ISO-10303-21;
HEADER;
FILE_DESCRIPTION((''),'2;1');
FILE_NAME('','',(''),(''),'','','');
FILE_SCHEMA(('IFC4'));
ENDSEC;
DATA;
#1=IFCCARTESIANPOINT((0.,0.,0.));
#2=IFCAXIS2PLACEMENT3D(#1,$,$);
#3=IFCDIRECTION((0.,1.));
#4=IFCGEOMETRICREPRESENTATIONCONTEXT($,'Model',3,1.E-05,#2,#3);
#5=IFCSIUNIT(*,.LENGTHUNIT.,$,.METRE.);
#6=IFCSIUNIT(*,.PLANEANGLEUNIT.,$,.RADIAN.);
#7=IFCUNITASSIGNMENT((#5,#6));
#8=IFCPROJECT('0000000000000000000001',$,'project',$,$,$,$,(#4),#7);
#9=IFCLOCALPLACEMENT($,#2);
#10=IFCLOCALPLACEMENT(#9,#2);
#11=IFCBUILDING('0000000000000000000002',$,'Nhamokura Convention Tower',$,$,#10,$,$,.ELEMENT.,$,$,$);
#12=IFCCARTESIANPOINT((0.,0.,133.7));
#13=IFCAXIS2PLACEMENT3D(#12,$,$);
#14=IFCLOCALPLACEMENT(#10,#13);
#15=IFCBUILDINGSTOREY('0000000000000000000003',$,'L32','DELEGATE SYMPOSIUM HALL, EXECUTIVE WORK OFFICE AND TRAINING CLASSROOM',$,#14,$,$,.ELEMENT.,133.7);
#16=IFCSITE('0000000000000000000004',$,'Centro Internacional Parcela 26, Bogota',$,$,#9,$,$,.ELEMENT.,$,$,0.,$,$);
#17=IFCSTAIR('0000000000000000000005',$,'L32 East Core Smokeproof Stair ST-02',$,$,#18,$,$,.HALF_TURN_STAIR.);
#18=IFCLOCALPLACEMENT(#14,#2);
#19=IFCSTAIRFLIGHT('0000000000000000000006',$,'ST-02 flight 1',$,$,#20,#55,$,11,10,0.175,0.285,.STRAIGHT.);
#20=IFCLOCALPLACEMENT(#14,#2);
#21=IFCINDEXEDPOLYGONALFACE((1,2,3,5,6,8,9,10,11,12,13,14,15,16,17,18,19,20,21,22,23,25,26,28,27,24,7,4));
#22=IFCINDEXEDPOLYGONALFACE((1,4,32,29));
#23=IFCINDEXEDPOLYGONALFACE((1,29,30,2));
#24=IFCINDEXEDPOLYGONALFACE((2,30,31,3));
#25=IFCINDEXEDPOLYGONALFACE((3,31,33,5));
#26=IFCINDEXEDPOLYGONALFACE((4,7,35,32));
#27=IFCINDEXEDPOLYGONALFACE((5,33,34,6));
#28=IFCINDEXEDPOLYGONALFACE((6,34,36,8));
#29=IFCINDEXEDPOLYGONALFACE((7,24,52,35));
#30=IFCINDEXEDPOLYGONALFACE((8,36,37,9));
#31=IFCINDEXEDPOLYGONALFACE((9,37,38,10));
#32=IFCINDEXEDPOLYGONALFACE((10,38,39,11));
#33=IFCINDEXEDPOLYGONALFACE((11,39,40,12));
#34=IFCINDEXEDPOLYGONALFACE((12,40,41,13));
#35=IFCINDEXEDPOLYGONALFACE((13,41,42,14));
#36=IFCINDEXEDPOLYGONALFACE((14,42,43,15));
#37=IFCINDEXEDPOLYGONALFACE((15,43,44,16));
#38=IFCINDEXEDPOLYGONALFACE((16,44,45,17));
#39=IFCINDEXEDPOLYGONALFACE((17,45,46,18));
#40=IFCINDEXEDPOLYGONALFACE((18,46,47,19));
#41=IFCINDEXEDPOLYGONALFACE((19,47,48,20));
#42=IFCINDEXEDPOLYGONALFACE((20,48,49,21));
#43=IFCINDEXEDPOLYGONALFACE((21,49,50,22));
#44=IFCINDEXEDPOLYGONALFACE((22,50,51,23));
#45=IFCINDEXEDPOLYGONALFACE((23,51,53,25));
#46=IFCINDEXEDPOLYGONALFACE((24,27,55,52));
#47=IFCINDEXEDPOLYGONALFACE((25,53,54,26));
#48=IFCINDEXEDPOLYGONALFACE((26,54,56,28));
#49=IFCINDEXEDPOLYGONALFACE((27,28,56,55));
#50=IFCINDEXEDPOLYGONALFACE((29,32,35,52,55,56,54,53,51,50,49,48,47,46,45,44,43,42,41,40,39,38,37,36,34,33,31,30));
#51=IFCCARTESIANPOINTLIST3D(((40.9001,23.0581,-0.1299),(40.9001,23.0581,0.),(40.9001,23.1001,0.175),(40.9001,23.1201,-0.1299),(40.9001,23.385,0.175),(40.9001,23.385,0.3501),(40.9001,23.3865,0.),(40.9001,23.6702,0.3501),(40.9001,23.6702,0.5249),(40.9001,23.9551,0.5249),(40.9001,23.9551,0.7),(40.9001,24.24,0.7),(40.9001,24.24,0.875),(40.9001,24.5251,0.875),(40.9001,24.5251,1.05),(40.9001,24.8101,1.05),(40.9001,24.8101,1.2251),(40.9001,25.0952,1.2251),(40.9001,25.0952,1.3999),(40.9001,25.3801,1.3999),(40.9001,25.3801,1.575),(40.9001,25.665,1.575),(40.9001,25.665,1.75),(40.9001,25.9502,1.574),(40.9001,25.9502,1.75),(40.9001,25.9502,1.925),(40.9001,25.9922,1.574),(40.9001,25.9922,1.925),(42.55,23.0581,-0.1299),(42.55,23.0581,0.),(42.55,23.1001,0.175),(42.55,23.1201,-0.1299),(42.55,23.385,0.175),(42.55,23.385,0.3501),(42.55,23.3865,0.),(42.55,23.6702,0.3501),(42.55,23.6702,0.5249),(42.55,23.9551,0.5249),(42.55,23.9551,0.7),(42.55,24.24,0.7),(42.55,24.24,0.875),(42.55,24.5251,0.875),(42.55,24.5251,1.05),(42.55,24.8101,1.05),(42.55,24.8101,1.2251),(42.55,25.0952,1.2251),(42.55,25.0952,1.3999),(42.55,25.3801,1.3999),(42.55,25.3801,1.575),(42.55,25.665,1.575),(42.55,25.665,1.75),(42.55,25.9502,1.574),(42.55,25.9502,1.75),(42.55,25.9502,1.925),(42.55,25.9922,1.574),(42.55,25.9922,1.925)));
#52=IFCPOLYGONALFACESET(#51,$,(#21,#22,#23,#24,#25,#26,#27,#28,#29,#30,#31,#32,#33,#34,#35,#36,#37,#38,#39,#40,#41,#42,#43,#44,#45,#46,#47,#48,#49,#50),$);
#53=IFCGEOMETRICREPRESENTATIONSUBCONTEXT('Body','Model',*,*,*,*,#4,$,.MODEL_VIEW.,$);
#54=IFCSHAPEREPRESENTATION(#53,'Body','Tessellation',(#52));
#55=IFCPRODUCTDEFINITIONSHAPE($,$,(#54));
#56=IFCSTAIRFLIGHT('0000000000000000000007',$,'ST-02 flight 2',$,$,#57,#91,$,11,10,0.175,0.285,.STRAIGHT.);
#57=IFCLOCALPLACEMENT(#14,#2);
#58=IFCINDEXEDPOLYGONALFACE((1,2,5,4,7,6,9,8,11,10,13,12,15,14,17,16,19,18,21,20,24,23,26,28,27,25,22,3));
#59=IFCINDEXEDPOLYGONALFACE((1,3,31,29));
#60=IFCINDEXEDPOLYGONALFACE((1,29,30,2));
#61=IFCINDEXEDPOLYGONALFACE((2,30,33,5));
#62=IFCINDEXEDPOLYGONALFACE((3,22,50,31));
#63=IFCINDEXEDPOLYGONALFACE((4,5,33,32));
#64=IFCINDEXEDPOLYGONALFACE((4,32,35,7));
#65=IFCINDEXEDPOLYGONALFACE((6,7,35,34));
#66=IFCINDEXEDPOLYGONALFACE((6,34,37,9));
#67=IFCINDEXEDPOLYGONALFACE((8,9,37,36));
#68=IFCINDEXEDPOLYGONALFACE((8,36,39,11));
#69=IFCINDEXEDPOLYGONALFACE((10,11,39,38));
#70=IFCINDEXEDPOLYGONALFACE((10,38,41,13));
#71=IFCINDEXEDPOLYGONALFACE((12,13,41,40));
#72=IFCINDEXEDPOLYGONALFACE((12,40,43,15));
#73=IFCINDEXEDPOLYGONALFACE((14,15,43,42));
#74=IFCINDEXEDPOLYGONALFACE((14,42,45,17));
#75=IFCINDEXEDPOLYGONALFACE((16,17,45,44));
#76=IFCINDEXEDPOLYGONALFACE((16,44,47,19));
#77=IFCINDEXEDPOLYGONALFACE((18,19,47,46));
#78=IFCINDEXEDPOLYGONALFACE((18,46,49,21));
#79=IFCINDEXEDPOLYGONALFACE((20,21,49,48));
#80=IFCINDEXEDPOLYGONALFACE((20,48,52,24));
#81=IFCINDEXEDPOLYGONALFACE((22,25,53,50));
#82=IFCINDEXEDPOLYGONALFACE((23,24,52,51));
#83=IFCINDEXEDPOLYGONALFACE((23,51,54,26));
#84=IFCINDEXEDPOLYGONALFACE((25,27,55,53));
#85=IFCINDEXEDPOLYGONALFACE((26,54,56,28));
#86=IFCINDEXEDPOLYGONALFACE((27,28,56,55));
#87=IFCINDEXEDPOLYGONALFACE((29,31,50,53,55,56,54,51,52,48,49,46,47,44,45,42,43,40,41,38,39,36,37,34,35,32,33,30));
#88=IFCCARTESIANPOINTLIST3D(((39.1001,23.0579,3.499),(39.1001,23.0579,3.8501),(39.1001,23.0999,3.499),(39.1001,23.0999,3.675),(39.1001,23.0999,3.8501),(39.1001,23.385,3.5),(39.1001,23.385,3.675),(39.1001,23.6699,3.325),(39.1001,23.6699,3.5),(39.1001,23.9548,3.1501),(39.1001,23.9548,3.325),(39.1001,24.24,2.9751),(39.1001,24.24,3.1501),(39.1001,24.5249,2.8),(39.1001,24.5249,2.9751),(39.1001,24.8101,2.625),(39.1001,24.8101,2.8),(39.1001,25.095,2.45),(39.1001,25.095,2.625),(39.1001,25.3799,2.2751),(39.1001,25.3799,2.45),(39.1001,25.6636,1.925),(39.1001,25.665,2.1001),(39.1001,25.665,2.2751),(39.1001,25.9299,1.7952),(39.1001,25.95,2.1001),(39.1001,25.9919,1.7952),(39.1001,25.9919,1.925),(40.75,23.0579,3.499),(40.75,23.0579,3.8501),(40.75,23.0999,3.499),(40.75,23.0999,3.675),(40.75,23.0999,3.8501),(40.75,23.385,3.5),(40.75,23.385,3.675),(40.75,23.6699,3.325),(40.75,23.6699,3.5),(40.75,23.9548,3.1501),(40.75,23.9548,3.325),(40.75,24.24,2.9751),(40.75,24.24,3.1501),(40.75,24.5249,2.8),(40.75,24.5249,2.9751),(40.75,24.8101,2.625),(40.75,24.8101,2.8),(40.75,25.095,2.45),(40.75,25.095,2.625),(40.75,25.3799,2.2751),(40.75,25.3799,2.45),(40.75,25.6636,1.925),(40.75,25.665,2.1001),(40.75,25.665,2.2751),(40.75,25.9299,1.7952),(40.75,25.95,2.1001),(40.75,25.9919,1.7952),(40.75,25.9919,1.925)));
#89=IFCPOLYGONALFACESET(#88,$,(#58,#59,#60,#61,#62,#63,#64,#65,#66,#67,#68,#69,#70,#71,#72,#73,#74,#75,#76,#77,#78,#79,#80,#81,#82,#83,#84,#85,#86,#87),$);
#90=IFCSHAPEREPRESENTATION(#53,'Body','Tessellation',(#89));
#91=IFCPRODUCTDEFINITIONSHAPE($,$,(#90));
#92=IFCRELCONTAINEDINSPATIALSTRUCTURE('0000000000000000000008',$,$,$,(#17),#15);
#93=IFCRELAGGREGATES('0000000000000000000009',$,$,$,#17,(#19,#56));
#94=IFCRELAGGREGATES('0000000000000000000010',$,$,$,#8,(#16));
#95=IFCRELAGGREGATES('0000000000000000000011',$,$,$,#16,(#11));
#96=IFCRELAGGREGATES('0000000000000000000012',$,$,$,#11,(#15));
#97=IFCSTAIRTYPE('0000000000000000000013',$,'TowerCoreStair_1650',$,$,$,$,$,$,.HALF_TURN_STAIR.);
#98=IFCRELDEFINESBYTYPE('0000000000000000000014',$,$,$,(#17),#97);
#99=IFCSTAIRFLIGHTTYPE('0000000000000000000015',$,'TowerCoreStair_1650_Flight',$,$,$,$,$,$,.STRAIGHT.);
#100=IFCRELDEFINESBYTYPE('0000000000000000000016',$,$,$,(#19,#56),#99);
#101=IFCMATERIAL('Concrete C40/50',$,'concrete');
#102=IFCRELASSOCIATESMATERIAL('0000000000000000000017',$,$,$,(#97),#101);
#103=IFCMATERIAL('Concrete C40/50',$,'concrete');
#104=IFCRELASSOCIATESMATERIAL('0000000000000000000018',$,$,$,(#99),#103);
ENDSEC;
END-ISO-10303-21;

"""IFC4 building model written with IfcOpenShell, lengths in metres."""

from ifc_helpers import new_model, si_unit, direction, frame, origin, place, context, subcontext, project, spatial, polyline, outline, extrude, material, type_object, element, aggregate, save


model = new_model("IFC4")

# Units and contexts
model_context = context("Model", 3, precision=1e-05, world=origin(), true_north=direction((0.0, 1.0)))
body_context = subcontext(model_context, "Body", "Model", "MODEL_VIEW")
ifc_project = project(units=[si_unit("LENGTHUNIT", "METRE"), si_unit("PLANEANGLEUNIT", "RADIAN")], contexts=[model_context])

# Site, building, storey
site_placement = place(None, origin())
site = spatial("IfcSite", under=ifc_project, at=site_placement, Name="Centro Internacional Parcela 26, Bogota", CompositionType="ELEMENT", RefElevation=0.0)
building_placement = place(site_placement, origin())
building = spatial("IfcBuilding", under=site, at=building_placement, Name="Nhamokura Convention Tower", CompositionType="ELEMENT")
storey_placement = place(building_placement, frame((0.0, 0.0, 133.7)))
storey = spatial("IfcBuildingStorey", under=building, at=storey_placement, Name="L32", Description="DELEGATE SYMPOSIUM HALL, EXECUTIVE WORK OFFICE AND TRAINING CLASSROOM", CompositionType="ELEMENT", Elevation=133.7)

# Stair, stair flights
ifc_material_1 = material(Name="Concrete C40/50", Category="concrete")
stair_type = type_object("IfcStairType", Name="TowerCoreStair_1650", PredefinedType="HALF_TURN_STAIR", material=ifc_material_1)
stair_placement = place(storey_placement, origin())
stair = element("IfcStair", 1, at=stair_placement, inside=storey, type_object=stair_type, Name="L32 East Core Smokeproof Stair ST-02", PredefinedType="HALF_TURN_STAIR")
ifc_material_2 = material(Name="Concrete C40/50", Category="concrete")
stair_flight_type = type_object("IfcStairFlightType", Name="TowerCoreStair_1650_Flight", PredefinedType="STRAIGHT", material=ifc_material_2)
stair_flight_1_placement = place(storey_placement, frame((41.7251, 23.1001, 0.0), z_axis=(0.0, 0.0, 1.0), x_axis=(0.0, 1.0, 0.0)))
stair_flight_1 = element("IfcStairFlight", 2, at=stair_flight_1_placement, type_object=stair_flight_type, Name="ST-02 flight 1", NumberOfRisers=11, NumberOfTreads=10, PredefinedType="STRAIGHT", RiserHeight=0.175, TreadLength=0.285, context=body_context, shape_type="SweptSolid", body=[
    extrude(outline(polyline([(-0.042, 0.0), (0.0, 0.175), (0.2849, 0.175), (0.2849, 0.3501), (0.5701, 0.3501), (0.5701, 0.5249), (0.855, 0.5249), (0.855, 0.7), (1.1399, 0.7), (1.1399, 0.875), (1.425, 0.875), (1.425, 1.05), (1.71, 1.05), (1.71, 1.2251), (1.9951, 1.2251), (1.9951, 1.3999), (2.28, 1.3999), (2.28, 1.575), (2.5649, 1.575), (2.5649, 1.75), (2.8501, 1.75), (2.8501, 1.925), (2.8921, 1.925), (2.8921, 1.574), (2.8501, 1.574), (0.2864, 0.0), (0.02, -0.1299), (-0.042, -0.1299), (-0.042, 0.0)])), frame((0.0, 0.825, 0.0), z_axis=(0.0, -1.0, 0.0), x_axis=(1.0, 0.0, 0.0)), (0.0, 0.0, 1.0), 1.6499),
])
stair_flight_2_placement = place(storey_placement, frame((39.925, 25.95, 1.925), z_axis=(0.0, 0.0, 1.0), x_axis=(0.0, -1.0, 0.0)))
stair_flight_2 = element("IfcStairFlight", 3, at=stair_flight_2_placement, type_object=stair_flight_type, Name="ST-02 flight 2", NumberOfRisers=11, NumberOfTreads=10, PredefinedType="STRAIGHT", RiserHeight=0.175, TreadLength=0.285, context=body_context, shape_type="SweptSolid", body=[
    extrude(outline(polyline([(-0.042, 0.0), (0.0, 0.175), (0.2849, 0.175), (0.2849, 0.3501), (0.5701, 0.3501), (0.5701, 0.5249), (0.855, 0.5249), (0.855, 0.7), (1.1399, 0.7), (1.1399, 0.875), (1.425, 0.875), (1.425, 1.05), (1.71, 1.05), (1.71, 1.2251), (1.9951, 1.2251), (1.9951, 1.3999), (2.28, 1.3999), (2.28, 1.575), (2.5649, 1.575), (2.5649, 1.75), (2.8501, 1.75), (2.8501, 1.925), (2.8921, 1.925), (2.8921, 1.574), (2.8501, 1.574), (0.2864, 0.0), (0.02, -0.1299), (-0.042, -0.1299), (-0.042, 0.0)])), frame((0.0, 0.825, 0.0), z_axis=(0.0, -1.0, 0.0), x_axis=(1.0, 0.0, 0.0)), (0.0, 0.0, 1.0), 1.6499),
])
aggregate(stair, [stair_flight_1, stair_flight_2])

save(model, "model.ifc")
